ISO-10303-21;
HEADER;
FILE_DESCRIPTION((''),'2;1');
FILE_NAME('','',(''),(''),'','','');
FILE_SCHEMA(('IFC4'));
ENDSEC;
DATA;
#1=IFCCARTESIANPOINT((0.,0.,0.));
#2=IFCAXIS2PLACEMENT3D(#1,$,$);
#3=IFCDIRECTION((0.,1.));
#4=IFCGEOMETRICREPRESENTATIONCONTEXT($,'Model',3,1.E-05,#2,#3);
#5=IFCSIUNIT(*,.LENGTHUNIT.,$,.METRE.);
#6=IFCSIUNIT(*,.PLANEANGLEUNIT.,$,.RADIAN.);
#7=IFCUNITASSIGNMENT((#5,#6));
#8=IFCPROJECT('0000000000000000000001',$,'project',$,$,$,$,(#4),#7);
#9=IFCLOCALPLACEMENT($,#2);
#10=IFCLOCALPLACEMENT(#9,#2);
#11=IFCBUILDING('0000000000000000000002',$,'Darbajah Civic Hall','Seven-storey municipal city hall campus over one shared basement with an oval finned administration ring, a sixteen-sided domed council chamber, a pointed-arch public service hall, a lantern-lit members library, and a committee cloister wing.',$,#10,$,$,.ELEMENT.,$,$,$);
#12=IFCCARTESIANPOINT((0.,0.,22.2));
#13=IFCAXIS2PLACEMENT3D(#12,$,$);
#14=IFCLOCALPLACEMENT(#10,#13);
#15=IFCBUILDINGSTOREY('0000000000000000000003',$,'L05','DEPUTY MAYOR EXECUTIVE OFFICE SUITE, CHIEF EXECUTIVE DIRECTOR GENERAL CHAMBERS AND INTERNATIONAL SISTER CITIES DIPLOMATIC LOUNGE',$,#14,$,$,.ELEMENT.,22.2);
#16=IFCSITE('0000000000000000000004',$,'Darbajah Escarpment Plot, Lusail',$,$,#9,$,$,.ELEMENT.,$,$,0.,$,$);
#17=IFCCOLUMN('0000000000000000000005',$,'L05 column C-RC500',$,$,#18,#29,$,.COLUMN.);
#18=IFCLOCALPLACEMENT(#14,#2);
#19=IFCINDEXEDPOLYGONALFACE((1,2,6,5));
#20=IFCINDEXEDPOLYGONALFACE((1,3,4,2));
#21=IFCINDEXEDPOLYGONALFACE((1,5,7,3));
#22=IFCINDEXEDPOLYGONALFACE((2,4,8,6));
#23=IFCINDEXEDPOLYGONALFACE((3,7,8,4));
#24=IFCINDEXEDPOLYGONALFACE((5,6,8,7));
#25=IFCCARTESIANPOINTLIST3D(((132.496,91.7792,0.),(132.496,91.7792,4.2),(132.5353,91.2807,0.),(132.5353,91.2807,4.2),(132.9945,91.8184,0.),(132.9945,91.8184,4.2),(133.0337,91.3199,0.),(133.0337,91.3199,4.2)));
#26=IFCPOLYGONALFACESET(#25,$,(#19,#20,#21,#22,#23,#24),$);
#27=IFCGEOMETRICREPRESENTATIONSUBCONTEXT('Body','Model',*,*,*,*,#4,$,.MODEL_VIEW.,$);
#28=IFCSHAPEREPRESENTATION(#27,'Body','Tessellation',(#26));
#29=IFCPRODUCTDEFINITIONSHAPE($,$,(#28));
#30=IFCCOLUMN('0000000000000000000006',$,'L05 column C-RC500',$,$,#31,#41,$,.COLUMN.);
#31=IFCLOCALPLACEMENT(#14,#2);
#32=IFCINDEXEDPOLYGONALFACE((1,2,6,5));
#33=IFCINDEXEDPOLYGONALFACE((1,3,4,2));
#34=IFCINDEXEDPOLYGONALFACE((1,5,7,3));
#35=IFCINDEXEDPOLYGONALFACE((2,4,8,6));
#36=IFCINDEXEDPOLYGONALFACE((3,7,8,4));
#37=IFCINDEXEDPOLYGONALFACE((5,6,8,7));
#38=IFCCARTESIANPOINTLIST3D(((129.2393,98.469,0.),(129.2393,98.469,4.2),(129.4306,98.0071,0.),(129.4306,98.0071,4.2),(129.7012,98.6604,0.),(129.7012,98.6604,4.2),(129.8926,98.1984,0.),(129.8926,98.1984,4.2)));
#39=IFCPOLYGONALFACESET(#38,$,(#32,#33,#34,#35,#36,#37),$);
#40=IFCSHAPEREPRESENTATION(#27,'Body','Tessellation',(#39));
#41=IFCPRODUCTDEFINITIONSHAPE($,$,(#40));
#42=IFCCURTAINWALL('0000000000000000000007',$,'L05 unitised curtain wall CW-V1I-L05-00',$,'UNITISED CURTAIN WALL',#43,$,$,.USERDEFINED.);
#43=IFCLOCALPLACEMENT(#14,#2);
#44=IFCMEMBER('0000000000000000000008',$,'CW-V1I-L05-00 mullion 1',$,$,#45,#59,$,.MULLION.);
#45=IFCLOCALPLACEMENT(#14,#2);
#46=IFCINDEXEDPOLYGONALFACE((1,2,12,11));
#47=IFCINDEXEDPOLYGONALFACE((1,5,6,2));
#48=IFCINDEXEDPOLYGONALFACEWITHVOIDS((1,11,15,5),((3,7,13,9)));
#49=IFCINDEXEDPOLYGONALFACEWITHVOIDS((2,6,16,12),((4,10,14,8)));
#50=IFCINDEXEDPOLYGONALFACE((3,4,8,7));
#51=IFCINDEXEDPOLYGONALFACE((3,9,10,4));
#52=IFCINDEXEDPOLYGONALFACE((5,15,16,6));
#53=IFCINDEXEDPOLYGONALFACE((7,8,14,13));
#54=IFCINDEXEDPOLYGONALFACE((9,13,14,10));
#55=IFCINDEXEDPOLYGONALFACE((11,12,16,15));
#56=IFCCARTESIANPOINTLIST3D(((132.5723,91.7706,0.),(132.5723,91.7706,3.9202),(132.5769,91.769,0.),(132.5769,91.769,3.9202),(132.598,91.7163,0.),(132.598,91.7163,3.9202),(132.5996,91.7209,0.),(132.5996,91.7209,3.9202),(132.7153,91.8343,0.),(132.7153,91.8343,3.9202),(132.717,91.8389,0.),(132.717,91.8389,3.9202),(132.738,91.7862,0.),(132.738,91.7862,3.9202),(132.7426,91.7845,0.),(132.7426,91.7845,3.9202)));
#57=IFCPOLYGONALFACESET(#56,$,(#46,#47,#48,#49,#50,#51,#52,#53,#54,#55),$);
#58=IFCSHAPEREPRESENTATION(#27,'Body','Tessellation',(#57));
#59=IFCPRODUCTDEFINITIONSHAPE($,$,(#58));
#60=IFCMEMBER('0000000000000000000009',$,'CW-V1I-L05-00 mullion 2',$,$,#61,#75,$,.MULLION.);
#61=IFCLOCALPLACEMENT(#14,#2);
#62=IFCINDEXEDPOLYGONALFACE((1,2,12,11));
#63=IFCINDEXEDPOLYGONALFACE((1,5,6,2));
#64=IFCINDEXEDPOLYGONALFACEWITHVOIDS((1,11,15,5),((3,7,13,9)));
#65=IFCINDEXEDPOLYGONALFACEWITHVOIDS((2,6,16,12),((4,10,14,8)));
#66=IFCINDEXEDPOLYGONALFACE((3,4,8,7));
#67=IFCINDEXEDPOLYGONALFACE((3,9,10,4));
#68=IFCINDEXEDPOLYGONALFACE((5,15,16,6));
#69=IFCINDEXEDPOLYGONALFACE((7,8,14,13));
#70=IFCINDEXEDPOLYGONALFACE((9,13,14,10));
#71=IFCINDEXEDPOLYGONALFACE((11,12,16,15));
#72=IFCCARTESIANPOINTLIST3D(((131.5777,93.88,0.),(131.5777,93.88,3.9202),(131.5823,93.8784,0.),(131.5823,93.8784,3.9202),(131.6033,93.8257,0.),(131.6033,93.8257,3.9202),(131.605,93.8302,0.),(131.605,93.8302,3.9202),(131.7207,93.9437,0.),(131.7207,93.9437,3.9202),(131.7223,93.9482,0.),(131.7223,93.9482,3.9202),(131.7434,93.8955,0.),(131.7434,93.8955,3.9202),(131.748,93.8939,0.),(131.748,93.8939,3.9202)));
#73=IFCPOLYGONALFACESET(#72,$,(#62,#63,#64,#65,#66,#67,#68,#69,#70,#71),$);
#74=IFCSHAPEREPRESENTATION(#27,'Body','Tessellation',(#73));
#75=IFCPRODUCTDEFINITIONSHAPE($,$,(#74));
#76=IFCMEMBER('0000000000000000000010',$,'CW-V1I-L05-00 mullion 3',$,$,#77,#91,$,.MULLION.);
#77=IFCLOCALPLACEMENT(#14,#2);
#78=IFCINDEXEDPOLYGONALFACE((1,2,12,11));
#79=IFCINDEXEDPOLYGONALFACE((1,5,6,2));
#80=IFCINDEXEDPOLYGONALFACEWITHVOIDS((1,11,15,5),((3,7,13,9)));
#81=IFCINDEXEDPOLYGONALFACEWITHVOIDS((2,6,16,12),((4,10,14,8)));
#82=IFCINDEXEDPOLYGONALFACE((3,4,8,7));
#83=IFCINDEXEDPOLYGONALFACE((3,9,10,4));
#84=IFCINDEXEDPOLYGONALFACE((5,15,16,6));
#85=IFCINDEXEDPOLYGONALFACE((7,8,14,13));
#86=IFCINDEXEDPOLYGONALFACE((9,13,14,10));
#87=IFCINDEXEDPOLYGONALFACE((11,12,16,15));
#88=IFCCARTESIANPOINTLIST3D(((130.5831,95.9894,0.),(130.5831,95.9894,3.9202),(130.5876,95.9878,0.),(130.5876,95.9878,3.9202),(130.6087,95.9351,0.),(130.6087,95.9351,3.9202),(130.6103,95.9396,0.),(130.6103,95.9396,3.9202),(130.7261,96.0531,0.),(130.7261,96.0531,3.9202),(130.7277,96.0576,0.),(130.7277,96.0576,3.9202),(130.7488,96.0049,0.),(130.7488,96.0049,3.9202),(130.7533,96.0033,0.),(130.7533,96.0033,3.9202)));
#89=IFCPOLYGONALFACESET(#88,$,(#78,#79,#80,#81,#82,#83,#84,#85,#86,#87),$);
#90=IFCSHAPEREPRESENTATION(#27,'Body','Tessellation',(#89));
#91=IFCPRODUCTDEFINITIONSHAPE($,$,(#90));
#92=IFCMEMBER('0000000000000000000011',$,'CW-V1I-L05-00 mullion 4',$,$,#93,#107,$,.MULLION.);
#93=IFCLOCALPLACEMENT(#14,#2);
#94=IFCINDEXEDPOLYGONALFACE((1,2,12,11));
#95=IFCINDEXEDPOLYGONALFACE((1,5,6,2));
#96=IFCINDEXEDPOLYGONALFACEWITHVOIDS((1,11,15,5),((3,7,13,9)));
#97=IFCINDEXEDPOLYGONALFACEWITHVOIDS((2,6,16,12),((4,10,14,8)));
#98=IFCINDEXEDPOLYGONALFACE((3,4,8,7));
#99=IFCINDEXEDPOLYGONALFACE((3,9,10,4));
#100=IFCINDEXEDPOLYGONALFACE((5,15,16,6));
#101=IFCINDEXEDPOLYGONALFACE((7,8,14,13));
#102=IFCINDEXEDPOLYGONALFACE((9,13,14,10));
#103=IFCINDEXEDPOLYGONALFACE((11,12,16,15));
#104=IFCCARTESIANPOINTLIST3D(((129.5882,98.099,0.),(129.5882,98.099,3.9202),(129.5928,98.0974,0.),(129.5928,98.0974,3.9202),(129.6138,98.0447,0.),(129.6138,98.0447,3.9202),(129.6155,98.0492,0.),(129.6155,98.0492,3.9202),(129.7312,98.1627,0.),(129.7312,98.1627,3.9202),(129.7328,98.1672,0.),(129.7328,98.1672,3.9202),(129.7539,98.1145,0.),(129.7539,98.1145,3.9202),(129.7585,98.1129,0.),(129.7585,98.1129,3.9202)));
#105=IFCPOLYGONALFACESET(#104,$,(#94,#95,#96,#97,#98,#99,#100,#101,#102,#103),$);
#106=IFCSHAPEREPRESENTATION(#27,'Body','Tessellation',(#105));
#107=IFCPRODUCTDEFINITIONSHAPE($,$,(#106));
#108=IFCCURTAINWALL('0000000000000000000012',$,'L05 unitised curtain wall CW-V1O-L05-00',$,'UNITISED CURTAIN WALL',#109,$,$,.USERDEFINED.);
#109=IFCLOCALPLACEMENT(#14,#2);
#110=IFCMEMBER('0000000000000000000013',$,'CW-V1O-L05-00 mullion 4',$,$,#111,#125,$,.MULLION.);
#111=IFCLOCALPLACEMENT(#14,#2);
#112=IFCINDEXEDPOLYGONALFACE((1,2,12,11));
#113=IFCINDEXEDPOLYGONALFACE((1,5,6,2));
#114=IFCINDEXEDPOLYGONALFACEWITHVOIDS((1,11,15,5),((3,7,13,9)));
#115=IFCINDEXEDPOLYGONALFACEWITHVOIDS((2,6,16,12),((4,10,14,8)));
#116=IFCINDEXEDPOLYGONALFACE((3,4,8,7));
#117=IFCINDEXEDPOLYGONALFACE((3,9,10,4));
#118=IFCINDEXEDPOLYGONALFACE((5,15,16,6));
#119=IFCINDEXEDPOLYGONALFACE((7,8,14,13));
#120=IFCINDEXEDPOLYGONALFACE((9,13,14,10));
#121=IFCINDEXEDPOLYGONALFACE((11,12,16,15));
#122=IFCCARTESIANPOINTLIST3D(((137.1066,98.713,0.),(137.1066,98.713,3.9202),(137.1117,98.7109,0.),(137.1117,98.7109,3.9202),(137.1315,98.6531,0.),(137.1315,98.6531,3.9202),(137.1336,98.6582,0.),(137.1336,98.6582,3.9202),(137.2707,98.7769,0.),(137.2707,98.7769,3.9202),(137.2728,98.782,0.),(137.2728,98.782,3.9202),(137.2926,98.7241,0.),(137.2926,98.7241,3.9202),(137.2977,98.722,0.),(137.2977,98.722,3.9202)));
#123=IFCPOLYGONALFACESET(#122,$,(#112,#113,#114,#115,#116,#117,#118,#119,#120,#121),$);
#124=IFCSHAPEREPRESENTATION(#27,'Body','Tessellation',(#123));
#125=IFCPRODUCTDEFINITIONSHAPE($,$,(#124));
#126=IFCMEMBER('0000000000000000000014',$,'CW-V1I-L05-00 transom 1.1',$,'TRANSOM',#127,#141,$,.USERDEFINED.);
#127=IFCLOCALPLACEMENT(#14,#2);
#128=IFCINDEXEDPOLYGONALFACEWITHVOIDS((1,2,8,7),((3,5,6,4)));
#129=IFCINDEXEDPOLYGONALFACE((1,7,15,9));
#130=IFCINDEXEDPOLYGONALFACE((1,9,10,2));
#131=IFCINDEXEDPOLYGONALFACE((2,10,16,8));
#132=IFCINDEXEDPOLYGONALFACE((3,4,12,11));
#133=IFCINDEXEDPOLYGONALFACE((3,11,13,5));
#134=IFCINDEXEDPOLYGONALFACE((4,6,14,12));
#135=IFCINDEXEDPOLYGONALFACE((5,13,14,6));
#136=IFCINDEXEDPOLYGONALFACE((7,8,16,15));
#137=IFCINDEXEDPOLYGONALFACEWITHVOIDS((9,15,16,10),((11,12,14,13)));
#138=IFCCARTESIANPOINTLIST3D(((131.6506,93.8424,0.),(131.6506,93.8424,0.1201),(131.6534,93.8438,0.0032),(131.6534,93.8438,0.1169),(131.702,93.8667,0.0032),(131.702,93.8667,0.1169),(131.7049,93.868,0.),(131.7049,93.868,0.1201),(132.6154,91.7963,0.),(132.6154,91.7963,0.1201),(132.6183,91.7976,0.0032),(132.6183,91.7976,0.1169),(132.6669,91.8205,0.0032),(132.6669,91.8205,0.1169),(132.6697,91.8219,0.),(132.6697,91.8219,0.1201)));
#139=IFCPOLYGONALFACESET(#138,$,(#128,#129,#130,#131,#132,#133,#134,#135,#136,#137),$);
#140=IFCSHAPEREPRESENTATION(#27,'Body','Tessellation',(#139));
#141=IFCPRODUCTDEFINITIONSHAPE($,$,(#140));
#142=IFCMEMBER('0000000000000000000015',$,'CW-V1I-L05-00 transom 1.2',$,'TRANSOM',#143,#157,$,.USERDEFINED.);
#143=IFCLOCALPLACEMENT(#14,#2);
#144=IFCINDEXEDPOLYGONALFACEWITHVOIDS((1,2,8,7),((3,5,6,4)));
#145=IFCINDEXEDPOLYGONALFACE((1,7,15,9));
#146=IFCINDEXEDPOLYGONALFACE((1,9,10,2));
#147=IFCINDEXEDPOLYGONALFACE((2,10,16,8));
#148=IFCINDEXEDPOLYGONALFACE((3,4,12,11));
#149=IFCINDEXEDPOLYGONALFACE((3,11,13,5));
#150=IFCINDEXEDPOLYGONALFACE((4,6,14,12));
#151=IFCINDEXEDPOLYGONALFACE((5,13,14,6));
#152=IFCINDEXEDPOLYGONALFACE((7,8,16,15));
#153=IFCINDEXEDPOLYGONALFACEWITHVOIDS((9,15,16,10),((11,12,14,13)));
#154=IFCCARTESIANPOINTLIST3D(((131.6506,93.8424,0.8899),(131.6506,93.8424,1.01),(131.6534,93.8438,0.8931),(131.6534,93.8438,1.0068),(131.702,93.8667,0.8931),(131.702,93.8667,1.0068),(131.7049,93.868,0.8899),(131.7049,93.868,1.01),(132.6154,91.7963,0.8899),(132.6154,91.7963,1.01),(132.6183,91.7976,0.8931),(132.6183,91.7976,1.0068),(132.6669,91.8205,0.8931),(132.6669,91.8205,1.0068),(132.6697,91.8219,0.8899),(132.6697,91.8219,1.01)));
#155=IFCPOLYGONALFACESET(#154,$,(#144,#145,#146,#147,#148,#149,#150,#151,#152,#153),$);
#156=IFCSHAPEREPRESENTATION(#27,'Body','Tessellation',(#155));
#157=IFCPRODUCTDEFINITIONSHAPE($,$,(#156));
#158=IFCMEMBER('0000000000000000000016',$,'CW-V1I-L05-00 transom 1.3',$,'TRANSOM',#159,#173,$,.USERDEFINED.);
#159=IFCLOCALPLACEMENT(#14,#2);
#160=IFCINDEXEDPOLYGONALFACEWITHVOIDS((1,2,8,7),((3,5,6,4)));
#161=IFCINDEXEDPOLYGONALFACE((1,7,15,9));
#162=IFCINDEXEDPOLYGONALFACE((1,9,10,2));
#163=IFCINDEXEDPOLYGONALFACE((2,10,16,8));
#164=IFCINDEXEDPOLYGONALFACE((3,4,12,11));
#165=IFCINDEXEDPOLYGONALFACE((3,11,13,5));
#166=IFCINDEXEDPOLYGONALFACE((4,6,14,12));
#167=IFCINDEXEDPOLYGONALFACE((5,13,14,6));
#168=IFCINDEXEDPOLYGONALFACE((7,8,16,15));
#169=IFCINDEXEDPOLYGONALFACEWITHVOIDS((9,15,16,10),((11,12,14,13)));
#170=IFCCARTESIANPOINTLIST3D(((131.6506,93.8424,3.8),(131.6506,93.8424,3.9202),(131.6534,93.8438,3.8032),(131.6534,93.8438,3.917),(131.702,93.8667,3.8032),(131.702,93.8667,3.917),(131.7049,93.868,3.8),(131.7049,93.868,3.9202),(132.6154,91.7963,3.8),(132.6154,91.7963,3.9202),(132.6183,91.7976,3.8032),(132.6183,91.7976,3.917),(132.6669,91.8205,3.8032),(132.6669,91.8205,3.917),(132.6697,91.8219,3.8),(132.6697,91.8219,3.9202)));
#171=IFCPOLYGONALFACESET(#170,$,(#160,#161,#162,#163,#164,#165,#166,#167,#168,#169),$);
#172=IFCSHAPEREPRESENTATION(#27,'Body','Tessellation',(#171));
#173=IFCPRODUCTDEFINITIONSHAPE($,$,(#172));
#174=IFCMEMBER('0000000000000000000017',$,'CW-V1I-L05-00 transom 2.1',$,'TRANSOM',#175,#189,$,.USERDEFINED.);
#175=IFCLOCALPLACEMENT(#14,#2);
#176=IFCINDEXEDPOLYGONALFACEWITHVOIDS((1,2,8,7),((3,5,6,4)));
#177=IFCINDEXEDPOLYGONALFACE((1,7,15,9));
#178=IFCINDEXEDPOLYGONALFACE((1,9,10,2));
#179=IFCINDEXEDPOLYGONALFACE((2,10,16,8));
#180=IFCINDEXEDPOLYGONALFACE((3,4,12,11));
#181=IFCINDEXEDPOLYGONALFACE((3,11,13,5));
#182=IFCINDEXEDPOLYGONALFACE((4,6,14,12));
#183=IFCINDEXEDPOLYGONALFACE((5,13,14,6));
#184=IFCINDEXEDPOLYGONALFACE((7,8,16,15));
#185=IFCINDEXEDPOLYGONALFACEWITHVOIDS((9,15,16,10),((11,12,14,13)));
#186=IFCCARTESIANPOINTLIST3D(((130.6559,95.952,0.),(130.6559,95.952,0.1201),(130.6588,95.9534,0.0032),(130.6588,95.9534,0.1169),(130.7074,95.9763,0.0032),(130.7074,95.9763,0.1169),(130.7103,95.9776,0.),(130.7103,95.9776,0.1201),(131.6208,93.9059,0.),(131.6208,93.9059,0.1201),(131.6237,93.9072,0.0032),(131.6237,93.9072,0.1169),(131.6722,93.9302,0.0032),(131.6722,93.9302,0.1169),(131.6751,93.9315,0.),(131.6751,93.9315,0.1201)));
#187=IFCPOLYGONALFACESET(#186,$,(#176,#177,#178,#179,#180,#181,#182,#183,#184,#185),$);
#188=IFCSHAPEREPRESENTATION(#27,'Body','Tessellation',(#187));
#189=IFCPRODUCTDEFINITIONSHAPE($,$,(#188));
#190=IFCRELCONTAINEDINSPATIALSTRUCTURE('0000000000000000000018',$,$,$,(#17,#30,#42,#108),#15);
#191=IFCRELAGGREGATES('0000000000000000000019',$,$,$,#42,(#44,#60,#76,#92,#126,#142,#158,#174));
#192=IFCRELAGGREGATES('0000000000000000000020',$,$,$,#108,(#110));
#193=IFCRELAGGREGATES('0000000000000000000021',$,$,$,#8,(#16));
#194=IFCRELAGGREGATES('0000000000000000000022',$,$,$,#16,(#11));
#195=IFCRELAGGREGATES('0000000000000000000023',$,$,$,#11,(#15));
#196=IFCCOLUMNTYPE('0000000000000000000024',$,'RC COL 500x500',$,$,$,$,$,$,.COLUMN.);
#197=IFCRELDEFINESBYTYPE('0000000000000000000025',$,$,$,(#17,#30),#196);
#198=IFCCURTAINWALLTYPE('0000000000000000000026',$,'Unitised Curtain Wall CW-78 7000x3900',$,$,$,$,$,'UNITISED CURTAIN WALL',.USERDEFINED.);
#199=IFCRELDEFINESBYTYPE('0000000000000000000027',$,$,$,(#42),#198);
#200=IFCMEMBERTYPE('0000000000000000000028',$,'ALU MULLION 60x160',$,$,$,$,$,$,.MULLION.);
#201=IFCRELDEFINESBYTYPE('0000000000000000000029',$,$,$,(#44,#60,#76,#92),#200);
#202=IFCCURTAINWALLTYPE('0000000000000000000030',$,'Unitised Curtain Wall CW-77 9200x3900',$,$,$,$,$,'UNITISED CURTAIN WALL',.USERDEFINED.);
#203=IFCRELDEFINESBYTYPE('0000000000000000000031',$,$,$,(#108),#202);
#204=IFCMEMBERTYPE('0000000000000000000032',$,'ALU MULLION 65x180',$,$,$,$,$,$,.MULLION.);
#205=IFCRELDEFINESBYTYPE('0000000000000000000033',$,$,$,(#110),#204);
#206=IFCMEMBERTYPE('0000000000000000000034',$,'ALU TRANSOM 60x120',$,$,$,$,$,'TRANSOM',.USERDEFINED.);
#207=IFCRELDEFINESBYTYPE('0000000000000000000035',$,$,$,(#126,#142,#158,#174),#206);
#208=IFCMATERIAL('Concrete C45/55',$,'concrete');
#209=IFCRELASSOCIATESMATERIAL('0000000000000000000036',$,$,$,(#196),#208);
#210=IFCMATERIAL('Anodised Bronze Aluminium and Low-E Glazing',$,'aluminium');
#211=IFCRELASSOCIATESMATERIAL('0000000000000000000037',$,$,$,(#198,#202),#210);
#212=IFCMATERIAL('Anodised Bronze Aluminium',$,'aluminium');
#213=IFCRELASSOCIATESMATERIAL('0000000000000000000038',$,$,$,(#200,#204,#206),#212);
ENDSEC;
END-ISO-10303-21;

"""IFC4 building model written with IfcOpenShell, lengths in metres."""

from ifc_helpers import new_model, si_unit, direction, frame, origin, origin_2d, place, context, subcontext, project, spatial, rectangle, hollow_rectangle, extrude, material, material_profile, profile_set, type_object, element, aggregate, save


model = new_model("IFC4")

# Units and contexts
model_context = context("Model", 3, precision=1e-05, world=origin(), true_north=direction((0.0, 1.0)))
body_context = subcontext(model_context, "Body", "Model", "MODEL_VIEW")
ifc_project = project(units=[si_unit("LENGTHUNIT", "METRE"), si_unit("PLANEANGLEUNIT", "RADIAN")], contexts=[model_context])

# Site, building, storey
site_placement = place(None, origin())
site = spatial("IfcSite", under=ifc_project, at=site_placement, Name="Darbajah Escarpment Plot, Lusail", CompositionType="ELEMENT", RefElevation=0.0)
building_placement = place(site_placement, origin())
building = spatial("IfcBuilding", under=site, at=building_placement, Name="Darbajah Civic Hall", Description="Seven-storey municipal city hall campus over one shared basement with an oval finned administration ring, a sixteen-sided domed council chamber, a pointed-arch public service hall, a lantern-lit members library, and a committee cloister wing.", CompositionType="ELEMENT")
storey_placement = place(building_placement, frame((0.0, 0.0, 22.2)))
storey = spatial("IfcBuildingStorey", under=building, at=storey_placement, Name="L05", Description="DEPUTY MAYOR EXECUTIVE OFFICE SUITE, CHIEF EXECUTIVE DIRECTOR GENERAL CHAMBERS AND INTERNATIONAL SISTER CITIES DIPLOMATIC LOUNGE", CompositionType="ELEMENT", Elevation=22.2)

# Columns
ifc_material_1 = material(Name="Concrete C45/55", Category="concrete")
ifc_material_profile_1 = material_profile(ifc_material_1, rectangle(XDim=0.5, YDim=0.5, at=origin_2d()), Name="RC COL 500x500")
ifc_profile_set_1 = profile_set([ifc_material_profile_1], Name="Concrete C45/55")
column_type = type_object("IfcColumnType", Name="RC COL 500x500", PredefinedType="COLUMN", material=ifc_profile_set_1)
for number, where, z_axis, x_axis, name in (
    (1, (132.7649, 91.5496, 0.0), (0.0, 0.0, 1.0), (0.996917, 0.078459, 0.0), "L05 column C-RC500"),
    (2, (129.5659, 98.3337, 0.0), (0.0, 0.0, 1.0), (0.92388, 0.382683, 0.0), "L05 column C-RC500"),
):
    element("IfcColumn", number, at=place(storey_placement, frame(where, z_axis=z_axis, x_axis=x_axis)), inside=storey, type_object=column_type, Name=name, PredefinedType="COLUMN", context=body_context, shape_type="SweptSolid", body=[
        extrude(rectangle(XDim=0.5, YDim=0.5, at=origin_2d()), origin(), (0.0, 0.0, 1.0), 4.2),
    ])

# Curtain wall, members
ifc_material_2 = material(Name="Anodised Bronze Aluminium and Low-E Glazing", Category="aluminium")
curtain_wall_type_1 = type_object("IfcCurtainWallType", Name="Unitised Curtain Wall CW-78 7000x3900", ElementType="UNITISED CURTAIN WALL", PredefinedType="USERDEFINED", material=ifc_material_2)
curtain_wall_1_placement = place(storey_placement, origin())
curtain_wall_1 = element("IfcCurtainWall", 3, at=curtain_wall_1_placement, inside=storey, type_object=curtain_wall_type_1, Name="L05 unitised curtain wall CW-V1I-L05-00", ObjectType="UNITISED CURTAIN WALL", PredefinedType="USERDEFINED")
ifc_material_3 = material(Name="Anodised Bronze Aluminium", Category="aluminium")
ifc_material_profile_2 = material_profile(ifc_material_3, hollow_rectangle(XDim=0.0601, YDim=0.1599, WallThickness=0.0034, at=origin_2d()), Name="ALU MULLION 60x160")
ifc_profile_set_2 = profile_set([ifc_material_profile_2], Name="Anodised Bronze Aluminium")
member_type_1 = type_object("IfcMemberType", Name="ALU MULLION 60x160", PredefinedType="MULLION", material=ifc_profile_set_2)
member_1_placement = place(storey_placement, frame((132.6575, 91.7776, 0.0), z_axis=(0.0, 0.0, 1.0), x_axis=(-0.426569, 0.904455, 0.0)))
member_1 = element("IfcMember", 4, at=member_1_placement, type_object=member_type_1, Name="CW-V1I-L05-00 mullion 1", PredefinedType="MULLION", context=body_context, shape_type="SweptSolid", body=[
    extrude(hollow_rectangle(XDim=0.0601, YDim=0.1599, WallThickness=0.0034, at=origin_2d()), origin(), (0.0, 0.0, 1.0), 3.9202),
])
member_2_placement = place(storey_placement, frame((131.6628, 93.887, 0.0), z_axis=(0.0, 0.0, 1.0), x_axis=(-0.426569, 0.904455, 0.0)))
member_2 = element("IfcMember", 5, at=member_2_placement, type_object=member_type_1, Name="CW-V1I-L05-00 mullion 2", PredefinedType="MULLION", context=body_context, shape_type="SweptSolid", body=[
    extrude(hollow_rectangle(XDim=0.0601, YDim=0.1599, WallThickness=0.0034, at=origin_2d()), origin(), (0.0, 0.0, 1.0), 3.9202),
])
member_3_placement = place(storey_placement, frame((130.6682, 95.9963, 0.0), z_axis=(0.0, 0.0, 1.0), x_axis=(-0.426569, 0.904455, 0.0)))
member_3 = element("IfcMember", 6, at=member_3_placement, type_object=member_type_1, Name="CW-V1I-L05-00 mullion 3", PredefinedType="MULLION", context=body_context, shape_type="SweptSolid", body=[
    extrude(hollow_rectangle(XDim=0.0601, YDim=0.1599, WallThickness=0.0034, at=origin_2d()), origin(), (0.0, 0.0, 1.0), 3.9202),
])
member_4_placement = place(storey_placement, frame((129.6733, 98.106, 0.0), z_axis=(0.0, 0.0, 1.0), x_axis=(-0.426569, 0.904455, 0.0)))
member_4 = element("IfcMember", 7, at=member_4_placement, type_object=member_type_1, Name="CW-V1I-L05-00 mullion 4", PredefinedType="MULLION", context=body_context, shape_type="SweptSolid", body=[
    extrude(hollow_rectangle(XDim=0.0601, YDim=0.1599, WallThickness=0.0034, at=origin_2d()), origin(), (0.0, 0.0, 1.0), 3.9202),
])

# Curtain wall, member
curtain_wall_type_2 = type_object("IfcCurtainWallType", Name="Unitised Curtain Wall CW-77 9200x3900", ElementType="UNITISED CURTAIN WALL", PredefinedType="USERDEFINED", material=ifc_material_2)
curtain_wall_2_placement = place(storey_placement, origin())
curtain_wall_2 = element("IfcCurtainWall", 8, at=curtain_wall_2_placement, inside=storey, type_object=curtain_wall_type_2, Name="L05 unitised curtain wall CW-V1O-L05-00", ObjectType="UNITISED CURTAIN WALL", PredefinedType="USERDEFINED")
ifc_material_profile_3 = material_profile(ifc_material_3, hollow_rectangle(XDim=0.0649, YDim=0.1799, WallThickness=0.0039, at=origin_2d()), Name="ALU MULLION 65x180")
ifc_profile_set_3 = profile_set([ifc_material_profile_3], Name="Anodised Bronze Aluminium")
member_type_2 = type_object("IfcMemberType", Name="ALU MULLION 65x180", PredefinedType="MULLION", material=ifc_profile_set_3)
member_5_placement = place(storey_placement, frame((137.2021, 98.7175, 0.0), z_axis=(0.0, 0.0, 1.0), x_axis=(-0.383328, 0.923612, 0.0)))
member_5 = element("IfcMember", 9, at=member_5_placement, type_object=member_type_2, Name="CW-V1O-L05-00 mullion 4", PredefinedType="MULLION", context=body_context, shape_type="SweptSolid", body=[
    extrude(hollow_rectangle(XDim=0.0649, YDim=0.1799, WallThickness=0.0039, at=origin_2d()), origin(), (0.0, 0.0, 1.0), 3.9202),
])

# Members
ifc_material_profile_4 = material_profile(ifc_material_3, hollow_rectangle(XDim=0.0601, YDim=0.1201, WallThickness=0.0032, at=origin_2d()), Name="ALU TRANSOM 60x120")
ifc_profile_set_4 = profile_set([ifc_material_profile_4], Name="Anodised Bronze Aluminium")
member_type_3 = type_object("IfcMemberType", Name="ALU TRANSOM 60x120", ElementType="TRANSOM", PredefinedType="USERDEFINED", material=ifc_profile_set_4)
member_6_placement = place(storey_placement, frame((132.6426, 91.8091, 0.0601), z_axis=(-0.426504, 0.904486, 0.0), x_axis=(-0.904486, -0.426504, 0.0)))
member_6 = element("IfcMember", 10, at=member_6_placement, type_object=member_type_3, Name="CW-V1I-L05-00 transom 1.1", ObjectType="TRANSOM", PredefinedType="USERDEFINED", context=body_context, shape_type="SweptSolid", body=[
    extrude(hollow_rectangle(XDim=0.0601, YDim=0.1201, WallThickness=0.0032, at=origin_2d()), origin(), (0.0, 0.0, 1.0), 2.2622),
])
member_7_placement = place(storey_placement, frame((132.6426, 91.8091, 0.95), z_axis=(-0.426504, 0.904486, 0.0), x_axis=(-0.904486, -0.426504, 0.0)))
member_7 = element("IfcMember", 11, at=member_7_placement, type_object=member_type_3, Name="CW-V1I-L05-00 transom 1.2", ObjectType="TRANSOM", PredefinedType="USERDEFINED", context=body_context, shape_type="SweptSolid", body=[
    extrude(hollow_rectangle(XDim=0.0601, YDim=0.1201, WallThickness=0.0032, at=origin_2d()), origin(), (0.0, 0.0, 1.0), 2.2622),
])
member_8_placement = place(storey_placement, frame((132.6426, 91.8091, 3.8601), z_axis=(-0.426504, 0.904486, 0.0), x_axis=(-0.904486, -0.426504, 0.0)))
member_8 = element("IfcMember", 12, at=member_8_placement, type_object=member_type_3, Name="CW-V1I-L05-00 transom 1.3", ObjectType="TRANSOM", PredefinedType="USERDEFINED", context=body_context, shape_type="SweptSolid", body=[
    extrude(hollow_rectangle(XDim=0.0601, YDim=0.1201, WallThickness=0.0032, at=origin_2d()), origin(), (0.0, 0.0, 1.0), 2.2622),
])
member_9_placement = place(storey_placement, frame((131.6479, 93.9187, 0.0601), z_axis=(-0.426504, 0.904486, 0.0), x_axis=(-0.904486, -0.426504, 0.0)))
member_9 = element("IfcMember", 13, at=member_9_placement, type_object=member_type_3, Name="CW-V1I-L05-00 transom 2.1", ObjectType="TRANSOM", PredefinedType="USERDEFINED", context=body_context, shape_type="SweptSolid", body=[
    extrude(hollow_rectangle(XDim=0.0601, YDim=0.1201, WallThickness=0.0032, at=origin_2d()), origin(), (0.0, 0.0, 1.0), 2.2622),
])

aggregate(curtain_wall_1, [member_1, member_2, member_3, member_4, member_6, member_7, member_8, member_9])
aggregate(curtain_wall_2, [member_5])

save(model, "model.ifc")
